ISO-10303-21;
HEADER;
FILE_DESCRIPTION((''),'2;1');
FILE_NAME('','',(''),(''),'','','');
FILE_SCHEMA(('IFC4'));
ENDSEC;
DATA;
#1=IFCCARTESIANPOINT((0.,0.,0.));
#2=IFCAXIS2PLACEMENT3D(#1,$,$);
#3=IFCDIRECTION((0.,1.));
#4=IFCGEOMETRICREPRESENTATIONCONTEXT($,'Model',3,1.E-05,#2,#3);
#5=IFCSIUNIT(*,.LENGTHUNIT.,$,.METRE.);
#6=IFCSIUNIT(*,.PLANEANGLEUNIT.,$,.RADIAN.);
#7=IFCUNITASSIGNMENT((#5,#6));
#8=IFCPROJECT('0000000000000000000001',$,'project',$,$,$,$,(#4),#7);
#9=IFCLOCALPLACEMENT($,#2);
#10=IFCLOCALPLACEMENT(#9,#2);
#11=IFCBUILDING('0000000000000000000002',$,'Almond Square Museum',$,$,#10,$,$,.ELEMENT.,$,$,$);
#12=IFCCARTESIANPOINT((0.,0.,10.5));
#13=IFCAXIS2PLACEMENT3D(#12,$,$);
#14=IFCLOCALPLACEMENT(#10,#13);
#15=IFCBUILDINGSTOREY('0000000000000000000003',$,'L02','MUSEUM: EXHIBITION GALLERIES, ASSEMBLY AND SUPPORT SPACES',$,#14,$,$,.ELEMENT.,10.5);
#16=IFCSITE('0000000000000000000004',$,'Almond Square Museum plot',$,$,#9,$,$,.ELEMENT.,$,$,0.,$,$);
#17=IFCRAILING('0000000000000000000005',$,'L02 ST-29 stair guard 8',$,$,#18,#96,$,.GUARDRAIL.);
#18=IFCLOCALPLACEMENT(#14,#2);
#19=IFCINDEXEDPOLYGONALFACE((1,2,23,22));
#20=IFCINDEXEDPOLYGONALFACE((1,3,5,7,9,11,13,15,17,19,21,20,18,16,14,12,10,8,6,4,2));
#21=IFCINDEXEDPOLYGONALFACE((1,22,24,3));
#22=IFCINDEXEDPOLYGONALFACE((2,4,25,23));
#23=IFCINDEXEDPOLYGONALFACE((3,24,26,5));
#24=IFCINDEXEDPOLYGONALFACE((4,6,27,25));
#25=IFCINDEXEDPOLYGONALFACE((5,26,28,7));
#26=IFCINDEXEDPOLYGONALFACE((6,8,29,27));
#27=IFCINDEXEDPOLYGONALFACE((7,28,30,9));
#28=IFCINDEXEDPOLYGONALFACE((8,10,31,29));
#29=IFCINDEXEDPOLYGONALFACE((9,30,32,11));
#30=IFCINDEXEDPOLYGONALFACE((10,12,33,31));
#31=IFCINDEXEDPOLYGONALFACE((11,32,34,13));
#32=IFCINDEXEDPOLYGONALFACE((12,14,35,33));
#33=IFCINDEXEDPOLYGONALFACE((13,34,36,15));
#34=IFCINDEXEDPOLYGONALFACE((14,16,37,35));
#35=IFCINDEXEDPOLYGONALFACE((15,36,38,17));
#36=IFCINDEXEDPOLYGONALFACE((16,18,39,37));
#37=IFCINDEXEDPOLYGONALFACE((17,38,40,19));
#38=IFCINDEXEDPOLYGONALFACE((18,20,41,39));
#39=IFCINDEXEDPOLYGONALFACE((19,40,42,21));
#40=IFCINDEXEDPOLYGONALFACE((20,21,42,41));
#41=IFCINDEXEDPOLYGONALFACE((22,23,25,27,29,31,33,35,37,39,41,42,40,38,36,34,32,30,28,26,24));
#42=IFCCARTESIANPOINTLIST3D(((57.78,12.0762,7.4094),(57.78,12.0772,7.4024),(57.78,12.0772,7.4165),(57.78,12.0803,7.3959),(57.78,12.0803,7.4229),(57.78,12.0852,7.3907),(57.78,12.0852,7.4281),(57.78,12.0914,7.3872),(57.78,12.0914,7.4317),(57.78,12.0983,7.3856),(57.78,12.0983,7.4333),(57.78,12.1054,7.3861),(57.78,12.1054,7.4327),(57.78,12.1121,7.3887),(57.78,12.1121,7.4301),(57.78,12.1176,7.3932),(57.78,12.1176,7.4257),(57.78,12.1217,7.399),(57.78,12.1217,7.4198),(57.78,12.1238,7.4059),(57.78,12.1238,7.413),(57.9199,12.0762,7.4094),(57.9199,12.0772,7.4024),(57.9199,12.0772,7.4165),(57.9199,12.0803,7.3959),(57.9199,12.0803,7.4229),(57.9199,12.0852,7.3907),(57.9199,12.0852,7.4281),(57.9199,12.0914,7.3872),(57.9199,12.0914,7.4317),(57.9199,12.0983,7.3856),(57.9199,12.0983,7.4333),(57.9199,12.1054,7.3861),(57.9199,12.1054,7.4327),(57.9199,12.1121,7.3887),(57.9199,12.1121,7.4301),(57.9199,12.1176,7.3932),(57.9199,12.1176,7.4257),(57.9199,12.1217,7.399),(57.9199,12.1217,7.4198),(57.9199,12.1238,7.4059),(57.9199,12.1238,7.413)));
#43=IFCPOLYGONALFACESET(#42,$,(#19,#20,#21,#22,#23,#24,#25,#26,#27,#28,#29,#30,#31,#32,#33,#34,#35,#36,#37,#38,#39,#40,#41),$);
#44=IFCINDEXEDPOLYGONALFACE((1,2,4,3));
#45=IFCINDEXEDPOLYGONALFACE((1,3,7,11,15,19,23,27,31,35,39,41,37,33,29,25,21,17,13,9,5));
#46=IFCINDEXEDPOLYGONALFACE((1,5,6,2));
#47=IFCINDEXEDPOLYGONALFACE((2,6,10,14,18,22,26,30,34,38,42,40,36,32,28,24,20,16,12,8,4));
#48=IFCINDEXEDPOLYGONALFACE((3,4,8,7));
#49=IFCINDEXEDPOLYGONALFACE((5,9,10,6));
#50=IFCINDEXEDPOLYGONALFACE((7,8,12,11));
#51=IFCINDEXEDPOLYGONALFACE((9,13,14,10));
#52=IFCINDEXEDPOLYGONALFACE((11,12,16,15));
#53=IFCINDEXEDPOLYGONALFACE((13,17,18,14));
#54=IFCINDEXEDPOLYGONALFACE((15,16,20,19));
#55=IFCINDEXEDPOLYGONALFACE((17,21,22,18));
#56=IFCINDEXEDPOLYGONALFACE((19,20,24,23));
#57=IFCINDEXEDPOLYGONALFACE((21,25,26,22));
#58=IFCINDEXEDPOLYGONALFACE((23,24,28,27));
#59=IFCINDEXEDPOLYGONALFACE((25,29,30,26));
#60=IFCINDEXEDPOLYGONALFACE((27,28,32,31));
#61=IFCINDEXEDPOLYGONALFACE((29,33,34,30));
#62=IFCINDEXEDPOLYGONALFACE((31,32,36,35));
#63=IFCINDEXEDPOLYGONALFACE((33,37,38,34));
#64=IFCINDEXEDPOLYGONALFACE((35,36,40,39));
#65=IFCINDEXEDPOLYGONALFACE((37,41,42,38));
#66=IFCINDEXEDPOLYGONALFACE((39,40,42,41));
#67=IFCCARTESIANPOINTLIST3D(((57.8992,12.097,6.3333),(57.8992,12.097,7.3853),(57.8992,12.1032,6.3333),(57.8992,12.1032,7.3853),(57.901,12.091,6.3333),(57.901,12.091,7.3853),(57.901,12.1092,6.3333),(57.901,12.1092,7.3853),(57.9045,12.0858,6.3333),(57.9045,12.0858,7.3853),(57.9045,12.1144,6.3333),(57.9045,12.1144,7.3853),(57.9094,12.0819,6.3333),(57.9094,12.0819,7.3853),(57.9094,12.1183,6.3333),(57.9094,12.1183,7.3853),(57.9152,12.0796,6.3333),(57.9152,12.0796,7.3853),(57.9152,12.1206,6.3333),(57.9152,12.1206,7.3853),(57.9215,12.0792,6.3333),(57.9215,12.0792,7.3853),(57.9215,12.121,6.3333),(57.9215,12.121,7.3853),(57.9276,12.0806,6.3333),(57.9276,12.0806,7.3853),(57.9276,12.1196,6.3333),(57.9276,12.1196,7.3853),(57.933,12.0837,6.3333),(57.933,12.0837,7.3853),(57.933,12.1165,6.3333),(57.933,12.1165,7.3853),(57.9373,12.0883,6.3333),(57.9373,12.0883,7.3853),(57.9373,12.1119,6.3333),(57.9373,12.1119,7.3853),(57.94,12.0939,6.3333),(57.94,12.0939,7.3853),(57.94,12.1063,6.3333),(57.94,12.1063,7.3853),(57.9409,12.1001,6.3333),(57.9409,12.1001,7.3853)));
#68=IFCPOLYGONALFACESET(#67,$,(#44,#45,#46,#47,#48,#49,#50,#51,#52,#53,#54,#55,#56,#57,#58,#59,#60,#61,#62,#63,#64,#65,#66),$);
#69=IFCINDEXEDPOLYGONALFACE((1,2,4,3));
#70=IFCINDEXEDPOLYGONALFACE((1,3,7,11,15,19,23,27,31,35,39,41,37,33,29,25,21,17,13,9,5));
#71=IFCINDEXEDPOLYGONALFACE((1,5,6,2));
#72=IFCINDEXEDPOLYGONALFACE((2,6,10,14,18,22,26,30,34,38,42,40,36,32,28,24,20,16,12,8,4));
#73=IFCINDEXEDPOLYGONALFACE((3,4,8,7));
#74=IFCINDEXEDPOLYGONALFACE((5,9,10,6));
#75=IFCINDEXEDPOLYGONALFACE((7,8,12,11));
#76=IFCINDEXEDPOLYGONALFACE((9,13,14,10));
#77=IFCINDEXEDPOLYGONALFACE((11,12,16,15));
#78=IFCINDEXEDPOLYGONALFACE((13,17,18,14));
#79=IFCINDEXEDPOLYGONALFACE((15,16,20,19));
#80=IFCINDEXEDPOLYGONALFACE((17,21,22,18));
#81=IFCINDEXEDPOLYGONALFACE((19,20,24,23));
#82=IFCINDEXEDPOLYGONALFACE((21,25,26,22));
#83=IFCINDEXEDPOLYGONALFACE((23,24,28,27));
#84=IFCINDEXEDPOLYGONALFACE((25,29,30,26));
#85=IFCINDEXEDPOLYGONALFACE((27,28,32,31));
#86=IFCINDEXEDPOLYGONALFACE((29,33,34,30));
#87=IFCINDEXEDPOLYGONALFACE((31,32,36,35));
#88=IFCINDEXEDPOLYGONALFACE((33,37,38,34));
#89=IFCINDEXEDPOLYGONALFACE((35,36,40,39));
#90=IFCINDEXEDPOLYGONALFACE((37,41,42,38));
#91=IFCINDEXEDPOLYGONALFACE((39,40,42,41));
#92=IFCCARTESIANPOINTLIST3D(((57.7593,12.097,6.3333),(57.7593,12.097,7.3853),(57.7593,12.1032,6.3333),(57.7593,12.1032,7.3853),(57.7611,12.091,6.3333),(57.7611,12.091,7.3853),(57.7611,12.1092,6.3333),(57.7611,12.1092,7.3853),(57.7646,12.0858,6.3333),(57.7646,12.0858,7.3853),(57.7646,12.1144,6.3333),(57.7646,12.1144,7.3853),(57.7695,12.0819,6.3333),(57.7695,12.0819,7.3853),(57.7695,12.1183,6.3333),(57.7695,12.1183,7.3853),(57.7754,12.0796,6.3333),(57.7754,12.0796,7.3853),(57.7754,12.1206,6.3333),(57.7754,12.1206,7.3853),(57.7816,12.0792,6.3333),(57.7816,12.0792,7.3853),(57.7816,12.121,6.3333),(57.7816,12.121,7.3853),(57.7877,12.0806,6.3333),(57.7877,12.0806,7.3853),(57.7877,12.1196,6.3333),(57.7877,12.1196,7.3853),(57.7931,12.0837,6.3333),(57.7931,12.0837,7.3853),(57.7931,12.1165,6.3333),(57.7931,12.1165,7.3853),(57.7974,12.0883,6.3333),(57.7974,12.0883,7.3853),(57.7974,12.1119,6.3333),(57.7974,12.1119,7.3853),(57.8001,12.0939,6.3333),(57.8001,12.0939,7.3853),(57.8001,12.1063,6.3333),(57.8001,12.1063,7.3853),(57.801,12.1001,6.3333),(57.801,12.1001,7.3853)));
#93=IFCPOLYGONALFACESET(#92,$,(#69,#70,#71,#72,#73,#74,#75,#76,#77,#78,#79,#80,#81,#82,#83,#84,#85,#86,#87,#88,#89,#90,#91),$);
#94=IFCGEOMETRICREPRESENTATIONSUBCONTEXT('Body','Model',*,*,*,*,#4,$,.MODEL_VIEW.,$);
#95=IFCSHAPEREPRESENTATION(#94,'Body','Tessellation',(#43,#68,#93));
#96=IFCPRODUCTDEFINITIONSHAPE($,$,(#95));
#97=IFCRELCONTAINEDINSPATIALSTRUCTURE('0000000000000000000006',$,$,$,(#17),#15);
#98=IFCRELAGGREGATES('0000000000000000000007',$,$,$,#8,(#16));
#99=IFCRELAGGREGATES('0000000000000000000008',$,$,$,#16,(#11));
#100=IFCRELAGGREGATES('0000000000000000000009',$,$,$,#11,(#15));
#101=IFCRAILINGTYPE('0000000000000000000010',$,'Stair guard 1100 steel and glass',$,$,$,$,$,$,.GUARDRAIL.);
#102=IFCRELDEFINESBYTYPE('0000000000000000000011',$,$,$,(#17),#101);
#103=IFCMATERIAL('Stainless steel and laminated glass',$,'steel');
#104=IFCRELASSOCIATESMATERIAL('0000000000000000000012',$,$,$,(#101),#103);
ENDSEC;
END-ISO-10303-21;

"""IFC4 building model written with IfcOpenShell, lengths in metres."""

from ifc_helpers import new_model, si_unit, direction, frame, origin, origin_2d, place, context, subcontext, project, spatial, circle, extrude, material, type_object, element, save


model = new_model("IFC4")

# Units and contexts
model_context = context("Model", 3, precision=1e-05, world=origin(), true_north=direction((0.0, 1.0)))
body_context = subcontext(model_context, "Body", "Model", "MODEL_VIEW")
ifc_project = project(units=[si_unit("LENGTHUNIT", "METRE"), si_unit("PLANEANGLEUNIT", "RADIAN")], contexts=[model_context])

# Site, building, storey
site_placement = place(None, origin())
site = spatial("IfcSite", under=ifc_project, at=site_placement, Name="Almond Square Museum plot", CompositionType="ELEMENT", RefElevation=0.0)
building_placement = place(site_placement, origin())
building = spatial("IfcBuilding", under=site, at=building_placement, Name="Almond Square Museum", CompositionType="ELEMENT")
storey_placement = place(building_placement, frame((0.0, 0.0, 10.5)))
storey = spatial("IfcBuildingStorey", under=building, at=storey_placement, Name="L02", Description="MUSEUM: EXHIBITION GALLERIES, ASSEMBLY AND SUPPORT SPACES", CompositionType="ELEMENT", Elevation=10.5)

# Railing
ifc_material_1 = material(Name="Stainless steel and laminated glass", Category="steel")
railing_type_1 = type_object("IfcRailingType", Name="Stair guard 1100 steel and glass", PredefinedType="GUARDRAIL", material=ifc_material_1)
railing_1_placement = place(storey_placement, frame((57.9199, 12.1001, 6.3333)))
element("IfcRailing", 1, at=railing_1_placement, inside=storey, type_object=railing_type_1, Name="L02 ST-29 stair guard 8", PredefinedType="GUARDRAIL", context=body_context, shape_type="SweptSolid", body=[
    extrude(circle(Radius=0.0239, at=origin_2d()), frame((0.0, 0.0, 1.0762), z_axis=(-1.0, 0.0, 0.0), x_axis=(0.0, -1.0, 0.0)), (0.0, 0.0, 1.0), 0.1399),
    extrude(circle(Radius=0.021, at=origin_2d()), origin(), (0.0, 0.0, 1.0), 1.052),
    extrude(circle(Radius=0.021, at=origin_2d()), frame((-0.1399, 0.0, 0.0)), (0.0, 0.0, 1.0), 1.052),
])

save(model, "model.ifc")
